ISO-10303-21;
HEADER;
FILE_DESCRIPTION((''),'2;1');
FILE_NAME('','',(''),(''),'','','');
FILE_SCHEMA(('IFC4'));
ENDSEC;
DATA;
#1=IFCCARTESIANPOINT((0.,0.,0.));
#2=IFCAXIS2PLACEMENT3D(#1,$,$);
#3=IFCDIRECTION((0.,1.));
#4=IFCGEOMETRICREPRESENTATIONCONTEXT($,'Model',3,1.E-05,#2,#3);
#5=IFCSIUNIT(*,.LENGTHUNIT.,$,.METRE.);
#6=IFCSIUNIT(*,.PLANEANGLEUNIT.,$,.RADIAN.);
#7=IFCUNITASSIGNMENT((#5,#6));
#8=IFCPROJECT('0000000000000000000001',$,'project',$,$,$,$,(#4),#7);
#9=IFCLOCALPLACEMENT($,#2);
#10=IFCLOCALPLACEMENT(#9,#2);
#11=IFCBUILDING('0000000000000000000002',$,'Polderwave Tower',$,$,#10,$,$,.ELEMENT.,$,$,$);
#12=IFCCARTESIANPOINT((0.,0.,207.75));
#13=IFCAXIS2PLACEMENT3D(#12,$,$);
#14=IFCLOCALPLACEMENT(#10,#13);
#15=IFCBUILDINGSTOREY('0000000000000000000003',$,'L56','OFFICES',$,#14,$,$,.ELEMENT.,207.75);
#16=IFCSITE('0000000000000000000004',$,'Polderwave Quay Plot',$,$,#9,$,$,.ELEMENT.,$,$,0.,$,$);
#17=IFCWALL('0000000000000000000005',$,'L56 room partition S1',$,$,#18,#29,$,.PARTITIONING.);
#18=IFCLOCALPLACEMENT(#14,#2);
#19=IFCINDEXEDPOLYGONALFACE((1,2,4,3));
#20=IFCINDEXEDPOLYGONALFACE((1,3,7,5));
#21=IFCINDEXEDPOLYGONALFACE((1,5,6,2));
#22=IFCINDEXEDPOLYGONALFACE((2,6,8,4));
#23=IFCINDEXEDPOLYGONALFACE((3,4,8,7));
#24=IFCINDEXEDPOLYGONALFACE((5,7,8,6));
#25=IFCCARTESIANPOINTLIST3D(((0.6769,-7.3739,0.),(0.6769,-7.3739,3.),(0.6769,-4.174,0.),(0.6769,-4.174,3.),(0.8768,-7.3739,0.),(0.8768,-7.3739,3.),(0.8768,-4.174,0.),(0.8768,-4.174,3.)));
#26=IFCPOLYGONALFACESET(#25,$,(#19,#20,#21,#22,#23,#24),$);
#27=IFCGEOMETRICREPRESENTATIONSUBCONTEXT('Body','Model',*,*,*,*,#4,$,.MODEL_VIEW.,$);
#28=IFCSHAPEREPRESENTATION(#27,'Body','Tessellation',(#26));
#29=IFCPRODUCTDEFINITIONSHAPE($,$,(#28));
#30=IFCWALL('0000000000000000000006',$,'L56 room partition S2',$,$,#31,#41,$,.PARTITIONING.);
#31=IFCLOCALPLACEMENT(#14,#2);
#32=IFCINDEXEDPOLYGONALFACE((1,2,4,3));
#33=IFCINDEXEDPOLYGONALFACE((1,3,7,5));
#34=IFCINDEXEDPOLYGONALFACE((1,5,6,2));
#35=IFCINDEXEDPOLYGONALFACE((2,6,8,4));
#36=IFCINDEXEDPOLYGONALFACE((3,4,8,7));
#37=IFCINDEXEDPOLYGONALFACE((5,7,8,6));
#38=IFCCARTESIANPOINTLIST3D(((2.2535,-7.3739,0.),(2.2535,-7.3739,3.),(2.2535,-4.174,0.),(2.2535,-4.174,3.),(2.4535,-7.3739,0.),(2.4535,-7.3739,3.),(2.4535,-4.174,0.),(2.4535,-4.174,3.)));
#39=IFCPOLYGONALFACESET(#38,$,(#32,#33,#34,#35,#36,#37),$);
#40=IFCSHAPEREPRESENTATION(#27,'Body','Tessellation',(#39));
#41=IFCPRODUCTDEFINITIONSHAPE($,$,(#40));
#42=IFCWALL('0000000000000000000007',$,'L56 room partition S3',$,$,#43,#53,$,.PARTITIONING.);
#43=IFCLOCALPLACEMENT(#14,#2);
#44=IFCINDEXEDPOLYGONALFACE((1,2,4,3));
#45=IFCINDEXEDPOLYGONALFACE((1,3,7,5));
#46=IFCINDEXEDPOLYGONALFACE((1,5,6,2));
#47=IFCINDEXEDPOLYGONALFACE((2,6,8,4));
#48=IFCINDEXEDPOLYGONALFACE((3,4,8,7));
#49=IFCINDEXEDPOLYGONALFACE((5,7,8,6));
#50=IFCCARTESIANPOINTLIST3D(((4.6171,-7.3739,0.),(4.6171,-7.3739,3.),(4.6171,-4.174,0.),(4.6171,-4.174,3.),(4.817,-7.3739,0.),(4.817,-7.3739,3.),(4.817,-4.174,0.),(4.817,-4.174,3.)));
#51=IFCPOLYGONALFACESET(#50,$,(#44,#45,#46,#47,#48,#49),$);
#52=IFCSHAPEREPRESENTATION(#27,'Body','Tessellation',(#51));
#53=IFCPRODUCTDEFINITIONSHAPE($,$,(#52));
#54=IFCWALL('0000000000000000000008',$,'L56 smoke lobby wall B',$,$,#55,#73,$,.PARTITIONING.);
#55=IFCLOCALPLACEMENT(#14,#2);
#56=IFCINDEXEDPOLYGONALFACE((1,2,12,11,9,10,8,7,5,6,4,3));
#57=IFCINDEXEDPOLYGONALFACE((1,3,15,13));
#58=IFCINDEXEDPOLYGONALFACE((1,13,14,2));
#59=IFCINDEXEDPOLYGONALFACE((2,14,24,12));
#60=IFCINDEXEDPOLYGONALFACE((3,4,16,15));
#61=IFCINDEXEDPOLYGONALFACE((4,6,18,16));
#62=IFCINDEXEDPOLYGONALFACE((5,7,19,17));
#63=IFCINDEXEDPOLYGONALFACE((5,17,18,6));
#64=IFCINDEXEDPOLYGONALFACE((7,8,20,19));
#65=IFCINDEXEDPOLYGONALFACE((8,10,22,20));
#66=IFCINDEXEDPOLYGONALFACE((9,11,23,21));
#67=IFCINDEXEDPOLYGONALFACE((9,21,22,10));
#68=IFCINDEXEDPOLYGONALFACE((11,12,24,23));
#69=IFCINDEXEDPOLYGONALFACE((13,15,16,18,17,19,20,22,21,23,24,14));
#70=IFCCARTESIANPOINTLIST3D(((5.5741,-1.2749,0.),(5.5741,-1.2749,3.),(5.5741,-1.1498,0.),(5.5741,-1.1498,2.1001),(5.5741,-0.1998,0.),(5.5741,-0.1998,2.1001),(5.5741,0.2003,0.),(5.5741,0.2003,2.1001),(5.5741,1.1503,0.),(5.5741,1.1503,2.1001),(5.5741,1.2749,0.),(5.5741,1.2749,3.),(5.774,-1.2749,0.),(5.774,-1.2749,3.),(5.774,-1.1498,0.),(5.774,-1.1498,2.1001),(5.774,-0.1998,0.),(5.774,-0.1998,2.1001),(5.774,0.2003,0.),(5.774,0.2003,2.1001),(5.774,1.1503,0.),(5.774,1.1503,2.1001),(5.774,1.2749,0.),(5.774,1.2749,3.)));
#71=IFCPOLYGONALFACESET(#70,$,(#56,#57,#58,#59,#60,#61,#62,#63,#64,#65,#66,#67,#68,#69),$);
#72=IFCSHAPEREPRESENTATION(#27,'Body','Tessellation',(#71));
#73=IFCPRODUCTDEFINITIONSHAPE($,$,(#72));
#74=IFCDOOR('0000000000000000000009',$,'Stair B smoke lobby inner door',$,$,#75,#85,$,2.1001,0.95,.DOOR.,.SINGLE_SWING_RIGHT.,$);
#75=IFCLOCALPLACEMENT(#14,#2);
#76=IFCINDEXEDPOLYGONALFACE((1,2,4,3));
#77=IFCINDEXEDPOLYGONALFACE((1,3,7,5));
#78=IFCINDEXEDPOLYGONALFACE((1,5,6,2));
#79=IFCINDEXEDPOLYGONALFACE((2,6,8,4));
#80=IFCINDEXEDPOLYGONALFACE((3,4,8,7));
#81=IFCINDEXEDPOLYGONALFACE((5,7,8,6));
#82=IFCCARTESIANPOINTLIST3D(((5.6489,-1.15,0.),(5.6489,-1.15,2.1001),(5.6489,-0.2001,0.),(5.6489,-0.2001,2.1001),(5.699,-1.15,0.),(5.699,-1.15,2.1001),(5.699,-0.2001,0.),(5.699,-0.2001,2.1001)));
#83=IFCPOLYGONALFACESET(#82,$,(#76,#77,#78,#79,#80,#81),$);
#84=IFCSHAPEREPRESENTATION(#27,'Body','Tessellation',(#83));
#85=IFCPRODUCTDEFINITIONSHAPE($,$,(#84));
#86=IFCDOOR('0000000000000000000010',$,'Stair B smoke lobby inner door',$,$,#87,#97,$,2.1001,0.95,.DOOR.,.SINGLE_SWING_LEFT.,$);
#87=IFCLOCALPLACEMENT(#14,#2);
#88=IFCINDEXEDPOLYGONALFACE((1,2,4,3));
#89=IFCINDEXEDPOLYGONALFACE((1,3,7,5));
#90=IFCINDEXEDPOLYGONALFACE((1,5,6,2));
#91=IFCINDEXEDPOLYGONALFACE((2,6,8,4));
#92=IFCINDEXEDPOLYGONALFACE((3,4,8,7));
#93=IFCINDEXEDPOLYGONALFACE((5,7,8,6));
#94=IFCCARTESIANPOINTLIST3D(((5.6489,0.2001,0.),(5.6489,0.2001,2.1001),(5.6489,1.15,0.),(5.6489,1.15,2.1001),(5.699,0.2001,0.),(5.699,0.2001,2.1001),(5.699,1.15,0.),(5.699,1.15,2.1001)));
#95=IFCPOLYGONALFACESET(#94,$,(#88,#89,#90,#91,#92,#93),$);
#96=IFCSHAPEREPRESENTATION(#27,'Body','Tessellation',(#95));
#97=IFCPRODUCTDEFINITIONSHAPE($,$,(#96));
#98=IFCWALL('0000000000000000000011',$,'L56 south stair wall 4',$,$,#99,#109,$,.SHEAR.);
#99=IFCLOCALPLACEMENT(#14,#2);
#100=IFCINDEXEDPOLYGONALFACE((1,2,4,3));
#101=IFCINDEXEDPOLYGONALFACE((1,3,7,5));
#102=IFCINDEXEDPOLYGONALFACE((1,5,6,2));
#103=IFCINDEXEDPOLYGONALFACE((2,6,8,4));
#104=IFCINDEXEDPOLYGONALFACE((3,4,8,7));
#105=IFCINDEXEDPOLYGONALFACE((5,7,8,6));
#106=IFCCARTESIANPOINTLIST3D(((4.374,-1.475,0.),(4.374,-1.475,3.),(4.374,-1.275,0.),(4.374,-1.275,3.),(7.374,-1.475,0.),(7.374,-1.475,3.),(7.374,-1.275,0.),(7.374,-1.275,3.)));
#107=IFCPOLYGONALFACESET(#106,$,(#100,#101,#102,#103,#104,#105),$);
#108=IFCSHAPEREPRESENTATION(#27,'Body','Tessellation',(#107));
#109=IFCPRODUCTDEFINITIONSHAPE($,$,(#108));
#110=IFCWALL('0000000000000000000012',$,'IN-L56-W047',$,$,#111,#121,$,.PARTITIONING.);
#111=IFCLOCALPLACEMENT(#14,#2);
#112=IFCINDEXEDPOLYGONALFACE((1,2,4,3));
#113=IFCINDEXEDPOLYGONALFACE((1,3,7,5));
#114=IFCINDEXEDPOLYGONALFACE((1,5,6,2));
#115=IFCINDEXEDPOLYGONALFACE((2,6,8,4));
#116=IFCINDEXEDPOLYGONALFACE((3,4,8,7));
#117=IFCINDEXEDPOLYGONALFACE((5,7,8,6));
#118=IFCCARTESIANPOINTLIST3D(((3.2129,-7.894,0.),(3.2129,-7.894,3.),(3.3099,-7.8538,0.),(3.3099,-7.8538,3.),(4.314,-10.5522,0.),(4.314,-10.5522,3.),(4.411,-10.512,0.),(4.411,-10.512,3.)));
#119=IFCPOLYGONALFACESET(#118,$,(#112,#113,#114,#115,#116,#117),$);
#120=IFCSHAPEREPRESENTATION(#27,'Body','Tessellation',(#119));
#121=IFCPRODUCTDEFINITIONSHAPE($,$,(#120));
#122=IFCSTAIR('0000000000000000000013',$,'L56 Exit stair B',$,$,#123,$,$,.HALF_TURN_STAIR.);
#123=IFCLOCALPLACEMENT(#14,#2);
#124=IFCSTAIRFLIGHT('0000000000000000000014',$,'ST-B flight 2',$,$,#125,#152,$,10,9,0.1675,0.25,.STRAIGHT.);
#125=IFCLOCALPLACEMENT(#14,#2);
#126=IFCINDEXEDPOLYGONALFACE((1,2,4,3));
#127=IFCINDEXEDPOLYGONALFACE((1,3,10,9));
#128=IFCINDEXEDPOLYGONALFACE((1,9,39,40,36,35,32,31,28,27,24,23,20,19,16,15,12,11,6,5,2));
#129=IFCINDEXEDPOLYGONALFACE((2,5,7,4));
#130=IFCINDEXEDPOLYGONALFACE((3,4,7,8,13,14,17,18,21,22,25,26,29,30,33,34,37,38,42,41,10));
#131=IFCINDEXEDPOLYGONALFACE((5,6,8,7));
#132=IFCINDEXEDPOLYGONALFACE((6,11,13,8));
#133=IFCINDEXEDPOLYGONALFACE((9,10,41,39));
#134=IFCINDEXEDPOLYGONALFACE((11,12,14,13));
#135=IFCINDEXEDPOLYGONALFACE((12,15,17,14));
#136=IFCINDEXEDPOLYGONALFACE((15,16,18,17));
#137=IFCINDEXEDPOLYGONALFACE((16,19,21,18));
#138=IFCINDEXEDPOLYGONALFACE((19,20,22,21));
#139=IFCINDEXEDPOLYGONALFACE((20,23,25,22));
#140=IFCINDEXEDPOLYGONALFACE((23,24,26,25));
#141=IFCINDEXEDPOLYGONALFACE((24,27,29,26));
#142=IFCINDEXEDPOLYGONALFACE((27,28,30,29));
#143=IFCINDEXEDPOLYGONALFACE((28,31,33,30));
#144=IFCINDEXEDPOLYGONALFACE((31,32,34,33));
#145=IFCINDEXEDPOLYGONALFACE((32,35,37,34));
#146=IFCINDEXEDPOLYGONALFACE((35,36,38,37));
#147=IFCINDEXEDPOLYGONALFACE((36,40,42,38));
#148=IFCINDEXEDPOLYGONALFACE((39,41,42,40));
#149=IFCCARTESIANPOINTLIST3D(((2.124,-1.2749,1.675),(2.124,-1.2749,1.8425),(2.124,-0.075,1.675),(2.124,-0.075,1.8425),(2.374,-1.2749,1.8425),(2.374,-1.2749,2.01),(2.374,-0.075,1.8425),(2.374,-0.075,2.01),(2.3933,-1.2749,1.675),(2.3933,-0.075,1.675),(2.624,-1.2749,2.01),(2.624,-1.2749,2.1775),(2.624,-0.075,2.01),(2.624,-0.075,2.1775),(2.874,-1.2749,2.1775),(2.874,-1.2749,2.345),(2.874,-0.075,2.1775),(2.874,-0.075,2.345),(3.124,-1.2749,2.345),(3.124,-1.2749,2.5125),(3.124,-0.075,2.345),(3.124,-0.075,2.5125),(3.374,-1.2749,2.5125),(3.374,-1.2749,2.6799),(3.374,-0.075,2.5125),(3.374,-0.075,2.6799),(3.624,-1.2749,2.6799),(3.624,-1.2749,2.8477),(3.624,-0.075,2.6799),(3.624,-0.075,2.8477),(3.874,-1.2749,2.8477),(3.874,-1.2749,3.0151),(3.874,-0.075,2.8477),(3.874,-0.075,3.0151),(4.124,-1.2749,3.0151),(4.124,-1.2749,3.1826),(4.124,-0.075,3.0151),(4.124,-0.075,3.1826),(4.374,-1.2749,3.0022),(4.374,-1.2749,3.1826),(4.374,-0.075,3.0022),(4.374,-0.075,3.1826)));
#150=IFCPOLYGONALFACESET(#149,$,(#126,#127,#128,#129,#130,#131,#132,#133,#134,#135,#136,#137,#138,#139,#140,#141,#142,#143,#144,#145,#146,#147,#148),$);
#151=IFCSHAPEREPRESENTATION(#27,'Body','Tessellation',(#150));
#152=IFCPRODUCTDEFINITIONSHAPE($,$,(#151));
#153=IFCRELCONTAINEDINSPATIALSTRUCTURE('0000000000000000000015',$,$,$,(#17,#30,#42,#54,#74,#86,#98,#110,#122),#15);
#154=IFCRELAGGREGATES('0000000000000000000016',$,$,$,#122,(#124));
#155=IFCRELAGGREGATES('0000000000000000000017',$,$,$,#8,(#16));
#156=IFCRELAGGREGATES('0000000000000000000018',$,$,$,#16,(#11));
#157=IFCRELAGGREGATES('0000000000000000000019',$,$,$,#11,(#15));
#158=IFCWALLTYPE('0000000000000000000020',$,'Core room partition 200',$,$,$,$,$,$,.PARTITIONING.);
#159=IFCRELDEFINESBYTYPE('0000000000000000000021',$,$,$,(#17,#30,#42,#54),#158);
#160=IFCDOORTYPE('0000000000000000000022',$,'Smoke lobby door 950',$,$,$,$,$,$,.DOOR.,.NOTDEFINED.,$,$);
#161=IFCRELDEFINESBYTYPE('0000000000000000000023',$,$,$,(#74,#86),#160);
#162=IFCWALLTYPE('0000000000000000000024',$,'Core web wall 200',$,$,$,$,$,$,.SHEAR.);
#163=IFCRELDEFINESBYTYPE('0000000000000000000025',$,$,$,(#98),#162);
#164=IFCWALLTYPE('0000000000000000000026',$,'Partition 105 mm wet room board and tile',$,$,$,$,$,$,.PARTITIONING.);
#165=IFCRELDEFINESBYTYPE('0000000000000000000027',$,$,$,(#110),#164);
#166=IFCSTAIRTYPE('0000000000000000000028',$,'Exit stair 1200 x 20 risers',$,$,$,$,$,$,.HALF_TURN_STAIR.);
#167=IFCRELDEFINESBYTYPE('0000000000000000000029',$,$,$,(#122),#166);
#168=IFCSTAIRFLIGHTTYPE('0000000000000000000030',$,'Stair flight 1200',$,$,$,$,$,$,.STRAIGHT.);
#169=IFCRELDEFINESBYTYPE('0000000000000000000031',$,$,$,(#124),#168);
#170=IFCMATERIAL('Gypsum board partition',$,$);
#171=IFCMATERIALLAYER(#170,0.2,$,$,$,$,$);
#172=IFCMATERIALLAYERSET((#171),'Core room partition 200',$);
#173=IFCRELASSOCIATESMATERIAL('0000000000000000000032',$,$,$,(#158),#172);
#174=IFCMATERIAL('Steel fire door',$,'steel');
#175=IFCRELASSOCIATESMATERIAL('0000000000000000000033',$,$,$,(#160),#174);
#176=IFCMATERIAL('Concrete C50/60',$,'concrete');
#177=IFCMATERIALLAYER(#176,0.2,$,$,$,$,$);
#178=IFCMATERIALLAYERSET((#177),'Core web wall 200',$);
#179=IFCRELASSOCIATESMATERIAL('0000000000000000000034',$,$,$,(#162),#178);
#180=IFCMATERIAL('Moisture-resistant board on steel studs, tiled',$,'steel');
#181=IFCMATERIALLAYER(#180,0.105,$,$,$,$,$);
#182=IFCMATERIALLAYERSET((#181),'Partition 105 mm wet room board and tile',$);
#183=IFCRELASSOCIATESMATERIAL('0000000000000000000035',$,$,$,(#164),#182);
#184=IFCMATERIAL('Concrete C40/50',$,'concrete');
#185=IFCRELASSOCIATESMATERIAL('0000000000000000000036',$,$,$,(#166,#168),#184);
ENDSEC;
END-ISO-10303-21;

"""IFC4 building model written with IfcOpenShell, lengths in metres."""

from ifc_helpers import new_model, si_unit, direction, frame, frame_2d, origin, place, context, subcontext, project, spatial, polyline, rectangle, outline, extrude, material, layer, layer_set, type_object, element, fill, aggregate, save


model = new_model("IFC4")

# Units and contexts
model_context = context("Model", 3, precision=1e-05, world=origin(), true_north=direction((0.0, 1.0)))
body_context = subcontext(model_context, "Body", "Model", "MODEL_VIEW")
ifc_project = project(units=[si_unit("LENGTHUNIT", "METRE"), si_unit("PLANEANGLEUNIT", "RADIAN")], contexts=[model_context])

# Site, building, storey
site_placement = place(None, origin())
site = spatial("IfcSite", under=ifc_project, at=site_placement, Name="Polderwave Quay Plot", CompositionType="ELEMENT", RefElevation=0.0)
building_placement = place(site_placement, origin())
building = spatial("IfcBuilding", under=site, at=building_placement, Name="Polderwave Tower", CompositionType="ELEMENT")
storey_placement = place(building_placement, frame((0.0, 0.0, 207.75)))
storey = spatial("IfcBuildingStorey", under=building, at=storey_placement, Name="L56", Description="OFFICES", CompositionType="ELEMENT", Elevation=207.75)

# Walls
ifc_material_1 = material(Name="Gypsum board partition")
ifc_layer_1 = layer(ifc_material_1, 0.2)
ifc_layer_set_1 = layer_set([ifc_layer_1], Name="Core room partition 200")
wall_type_1 = type_object("IfcWallType", Name="Core room partition 200", PredefinedType="PARTITIONING", material=ifc_layer_set_1)
for number, where, z_axis, x_axis, name in (
    (1, (0.7769, -7.374, 0.0), (0.0, 0.0, 1.0), (0.0, 1.0, 0.0), "L56 room partition S1"),
    (2, (2.3535, -7.374, 0.0), (0.0, 0.0, 1.0), (0.0, 1.0, 0.0), "L56 room partition S2"),
    (3, (4.717, -7.374, 0.0), (0.0, 0.0, 1.0), (0.0, 1.0, 0.0), "L56 room partition S3"),
):
    element("IfcWall", number, at=place(storey_placement, frame(where, z_axis=z_axis, x_axis=x_axis)), inside=storey, type_object=wall_type_1, Name=name, PredefinedType="PARTITIONING", context=body_context, shape_type="SweptSolid", body=[
        extrude(rectangle(XDim=3.2, YDim=0.2, at=frame_2d((1.6001, 0.0))), origin(), (0.0, 0.0, 1.0), 3.0),
    ])

# Wall, openings, doors
wall_1_placement = place(storey_placement, frame((5.6741, -1.2749, 0.0), z_axis=(0.0, 0.0, 1.0), x_axis=(0.0, 1.0, 0.0)))
wall_1 = element("IfcWall", 4, at=wall_1_placement, inside=storey, type_object=wall_type_1, Name="L56 smoke lobby wall B", PredefinedType="PARTITIONING", context=body_context, shape_type="SweptSolid", body=[
    extrude(rectangle(XDim=2.5498, YDim=0.2, at=frame_2d((1.2749, 0.0))), origin(), (0.0, 0.0, 1.0), 3.0),
])
opening_1_placement = place(wall_1_placement, frame((0.125, 0.0, 0.0)))
opening_1 = element("IfcOpeningElement", 5, at=opening_1_placement, cuts=wall_1, PredefinedType="OPENING", context=body_context, shape_type="SweptSolid", body=[
    extrude(rectangle(XDim=0.95, YDim=2.1001, at=frame_2d((0.4751, 1.05))), frame((0.0, 0.1099, 0.0), z_axis=(0.0, -1.0, 0.0), x_axis=(1.0, 0.0, 0.0)), (0.0, 0.0, 1.0), 0.22),
])
opening_2_placement = place(wall_1_placement, frame((1.4751, 0.0, 0.0)))
opening_2 = element("IfcOpeningElement", 6, at=opening_2_placement, cuts=wall_1, PredefinedType="OPENING", context=body_context, shape_type="SweptSolid", body=[
    extrude(rectangle(XDim=0.95, YDim=2.1001, at=frame_2d((0.4751, 1.05))), frame((0.0, 0.1099, 0.0), z_axis=(0.0, -1.0, 0.0), x_axis=(1.0, 0.0, 0.0)), (0.0, 0.0, 1.0), 0.22),
])
ifc_material_2 = material(Name="Steel fire door", Category="steel")
door_type = type_object("IfcDoorType", Name="Smoke lobby door 950", OperationType="NOTDEFINED", PredefinedType="DOOR", material=ifc_material_2)
door_1_placement = place(opening_1_placement, frame((0.95, 0.0, 0.0), z_axis=(0.0, 0.0, 1.0), x_axis=(-1.0, 0.0, 0.0)))
door_1 = element("IfcDoor", 7, at=door_1_placement, inside=storey, type_object=door_type, Name="Stair B smoke lobby inner door", OperationType="SINGLE_SWING_RIGHT", OverallHeight=2.1001, OverallWidth=0.95, PredefinedType="DOOR", context=body_context, shape_type="SweptSolid", body=[
    extrude(rectangle(XDim=0.95, YDim=2.1001, at=frame_2d((0.4751, 1.05))), frame((0.0, 0.0249, 0.0), z_axis=(0.0, -1.0, 0.0), x_axis=(1.0, 0.0, 0.0)), (0.0, 0.0, 1.0), 0.05),
])
fill(opening_1, door_1)
door_2_placement = place(opening_2_placement, frame((0.95, 0.0, 0.0), z_axis=(0.0, 0.0, 1.0), x_axis=(-1.0, 0.0, 0.0)))
door_2 = element("IfcDoor", 8, at=door_2_placement, inside=storey, type_object=door_type, Name="Stair B smoke lobby inner door", OperationType="SINGLE_SWING_LEFT", OverallHeight=2.1001, OverallWidth=0.95, PredefinedType="DOOR", context=body_context, shape_type="SweptSolid", body=[
    extrude(rectangle(XDim=0.95, YDim=2.1001, at=frame_2d((0.4751, 1.05))), frame((0.0, 0.0249, 0.0), z_axis=(0.0, -1.0, 0.0), x_axis=(1.0, 0.0, 0.0)), (0.0, 0.0, 1.0), 0.05),
])
fill(opening_2, door_2)

# Walls
ifc_material_3 = material(Name="Concrete C50/60", Category="concrete")
ifc_layer_2 = layer(ifc_material_3, 0.2)
ifc_layer_set_2 = layer_set([ifc_layer_2], Name="Core web wall 200")
wall_type_2 = type_object("IfcWallType", Name="Core web wall 200", PredefinedType="SHEAR", material=ifc_layer_set_2)
wall_2_placement = place(storey_placement, frame((4.374, -1.375, 0.0), z_axis=(0.0, 0.0, 1.0), x_axis=(1.0, 0.0, 0.0)))
element("IfcWall", 9, at=wall_2_placement, inside=storey, type_object=wall_type_2, Name="L56 south stair wall 4", PredefinedType="SHEAR", context=body_context, shape_type="SweptSolid", body=[
    extrude(rectangle(XDim=3.0, YDim=0.2, at=frame_2d((1.5, 0.0))), origin(), (0.0, 0.0, 1.0), 3.0),
])
ifc_material_4 = material(Name="Moisture-resistant board on steel studs, tiled", Category="steel")
ifc_layer_3 = layer(ifc_material_4, 0.105)
ifc_layer_set_3 = layer_set([ifc_layer_3], Name="Partition 105 mm wet room board and tile")
wall_type_3 = type_object("IfcWallType", Name="Partition 105 mm wet room board and tile", PredefinedType="PARTITIONING", material=ifc_layer_set_3)
wall_3_placement = place(storey_placement, frame((3.2615, -7.874, 0.0), z_axis=(0.0, 0.0, 1.0), x_axis=(0.382687, -0.923878, 0.0)))
element("IfcWall", 10, at=wall_3_placement, inside=storey, type_object=wall_type_3, Name="IN-L56-W047", PredefinedType="PARTITIONING", context=body_context, shape_type="SweptSolid", body=[
    extrude(rectangle(XDim=2.8772, YDim=0.105, at=frame_2d((1.4385, 0.0))), origin(), (0.0, 0.0, 1.0), 3.0),
])

# Stair, stair flight
ifc_material_5 = material(Name="Concrete C40/50", Category="concrete")
stair_type = type_object("IfcStairType", Name="Exit stair 1200 x 20 risers", PredefinedType="HALF_TURN_STAIR", material=ifc_material_5)
stair_placement = place(storey_placement, origin())
stair = element("IfcStair", 11, at=stair_placement, inside=storey, type_object=stair_type, Name="L56 Exit stair B", PredefinedType="HALF_TURN_STAIR")
stair_flight_type = type_object("IfcStairFlightType", Name="Stair flight 1200", PredefinedType="STRAIGHT", material=ifc_material_5)
stair_flight_placement = place(storey_placement, frame((2.124, -0.675, 1.675), z_axis=(0.0, 0.0, 1.0), x_axis=(1.0, 0.0, 0.0)))
stair_flight = element("IfcStairFlight", 12, at=stair_flight_placement, type_object=stair_flight_type, Name="ST-B flight 2", NumberOfRisers=10, NumberOfTreads=9, PredefinedType="STRAIGHT", RiserHeight=0.1675, TreadLength=0.25, context=body_context, shape_type="SweptSolid", body=[
    extrude(outline(polyline([(0.0, 0.0), (0.0, 0.1675), (0.25, 0.1675), (0.25, 0.335), (0.5, 0.335), (0.5, 0.5024), (0.75, 0.5024), (0.75, 0.6699), (1.0, 0.6699), (1.0, 0.8374), (1.25, 0.8374), (1.25, 1.0049), (1.5, 1.0049), (1.5, 1.1726), (1.75, 1.1726), (1.75, 1.3401), (2.0, 1.3401), (2.0, 1.5076), (2.25, 1.5076), (2.25, 1.675), (2.25, 1.3271), (0.2693, 0.0), (0.0, 0.0)])), frame((0.0, 0.6001, 0.0), z_axis=(0.0, -1.0, 0.0), x_axis=(1.0, 0.0, 0.0)), (0.0, 0.0, 1.0), 1.2),
])
aggregate(stair, [stair_flight])

save(model, "model.ifc")
